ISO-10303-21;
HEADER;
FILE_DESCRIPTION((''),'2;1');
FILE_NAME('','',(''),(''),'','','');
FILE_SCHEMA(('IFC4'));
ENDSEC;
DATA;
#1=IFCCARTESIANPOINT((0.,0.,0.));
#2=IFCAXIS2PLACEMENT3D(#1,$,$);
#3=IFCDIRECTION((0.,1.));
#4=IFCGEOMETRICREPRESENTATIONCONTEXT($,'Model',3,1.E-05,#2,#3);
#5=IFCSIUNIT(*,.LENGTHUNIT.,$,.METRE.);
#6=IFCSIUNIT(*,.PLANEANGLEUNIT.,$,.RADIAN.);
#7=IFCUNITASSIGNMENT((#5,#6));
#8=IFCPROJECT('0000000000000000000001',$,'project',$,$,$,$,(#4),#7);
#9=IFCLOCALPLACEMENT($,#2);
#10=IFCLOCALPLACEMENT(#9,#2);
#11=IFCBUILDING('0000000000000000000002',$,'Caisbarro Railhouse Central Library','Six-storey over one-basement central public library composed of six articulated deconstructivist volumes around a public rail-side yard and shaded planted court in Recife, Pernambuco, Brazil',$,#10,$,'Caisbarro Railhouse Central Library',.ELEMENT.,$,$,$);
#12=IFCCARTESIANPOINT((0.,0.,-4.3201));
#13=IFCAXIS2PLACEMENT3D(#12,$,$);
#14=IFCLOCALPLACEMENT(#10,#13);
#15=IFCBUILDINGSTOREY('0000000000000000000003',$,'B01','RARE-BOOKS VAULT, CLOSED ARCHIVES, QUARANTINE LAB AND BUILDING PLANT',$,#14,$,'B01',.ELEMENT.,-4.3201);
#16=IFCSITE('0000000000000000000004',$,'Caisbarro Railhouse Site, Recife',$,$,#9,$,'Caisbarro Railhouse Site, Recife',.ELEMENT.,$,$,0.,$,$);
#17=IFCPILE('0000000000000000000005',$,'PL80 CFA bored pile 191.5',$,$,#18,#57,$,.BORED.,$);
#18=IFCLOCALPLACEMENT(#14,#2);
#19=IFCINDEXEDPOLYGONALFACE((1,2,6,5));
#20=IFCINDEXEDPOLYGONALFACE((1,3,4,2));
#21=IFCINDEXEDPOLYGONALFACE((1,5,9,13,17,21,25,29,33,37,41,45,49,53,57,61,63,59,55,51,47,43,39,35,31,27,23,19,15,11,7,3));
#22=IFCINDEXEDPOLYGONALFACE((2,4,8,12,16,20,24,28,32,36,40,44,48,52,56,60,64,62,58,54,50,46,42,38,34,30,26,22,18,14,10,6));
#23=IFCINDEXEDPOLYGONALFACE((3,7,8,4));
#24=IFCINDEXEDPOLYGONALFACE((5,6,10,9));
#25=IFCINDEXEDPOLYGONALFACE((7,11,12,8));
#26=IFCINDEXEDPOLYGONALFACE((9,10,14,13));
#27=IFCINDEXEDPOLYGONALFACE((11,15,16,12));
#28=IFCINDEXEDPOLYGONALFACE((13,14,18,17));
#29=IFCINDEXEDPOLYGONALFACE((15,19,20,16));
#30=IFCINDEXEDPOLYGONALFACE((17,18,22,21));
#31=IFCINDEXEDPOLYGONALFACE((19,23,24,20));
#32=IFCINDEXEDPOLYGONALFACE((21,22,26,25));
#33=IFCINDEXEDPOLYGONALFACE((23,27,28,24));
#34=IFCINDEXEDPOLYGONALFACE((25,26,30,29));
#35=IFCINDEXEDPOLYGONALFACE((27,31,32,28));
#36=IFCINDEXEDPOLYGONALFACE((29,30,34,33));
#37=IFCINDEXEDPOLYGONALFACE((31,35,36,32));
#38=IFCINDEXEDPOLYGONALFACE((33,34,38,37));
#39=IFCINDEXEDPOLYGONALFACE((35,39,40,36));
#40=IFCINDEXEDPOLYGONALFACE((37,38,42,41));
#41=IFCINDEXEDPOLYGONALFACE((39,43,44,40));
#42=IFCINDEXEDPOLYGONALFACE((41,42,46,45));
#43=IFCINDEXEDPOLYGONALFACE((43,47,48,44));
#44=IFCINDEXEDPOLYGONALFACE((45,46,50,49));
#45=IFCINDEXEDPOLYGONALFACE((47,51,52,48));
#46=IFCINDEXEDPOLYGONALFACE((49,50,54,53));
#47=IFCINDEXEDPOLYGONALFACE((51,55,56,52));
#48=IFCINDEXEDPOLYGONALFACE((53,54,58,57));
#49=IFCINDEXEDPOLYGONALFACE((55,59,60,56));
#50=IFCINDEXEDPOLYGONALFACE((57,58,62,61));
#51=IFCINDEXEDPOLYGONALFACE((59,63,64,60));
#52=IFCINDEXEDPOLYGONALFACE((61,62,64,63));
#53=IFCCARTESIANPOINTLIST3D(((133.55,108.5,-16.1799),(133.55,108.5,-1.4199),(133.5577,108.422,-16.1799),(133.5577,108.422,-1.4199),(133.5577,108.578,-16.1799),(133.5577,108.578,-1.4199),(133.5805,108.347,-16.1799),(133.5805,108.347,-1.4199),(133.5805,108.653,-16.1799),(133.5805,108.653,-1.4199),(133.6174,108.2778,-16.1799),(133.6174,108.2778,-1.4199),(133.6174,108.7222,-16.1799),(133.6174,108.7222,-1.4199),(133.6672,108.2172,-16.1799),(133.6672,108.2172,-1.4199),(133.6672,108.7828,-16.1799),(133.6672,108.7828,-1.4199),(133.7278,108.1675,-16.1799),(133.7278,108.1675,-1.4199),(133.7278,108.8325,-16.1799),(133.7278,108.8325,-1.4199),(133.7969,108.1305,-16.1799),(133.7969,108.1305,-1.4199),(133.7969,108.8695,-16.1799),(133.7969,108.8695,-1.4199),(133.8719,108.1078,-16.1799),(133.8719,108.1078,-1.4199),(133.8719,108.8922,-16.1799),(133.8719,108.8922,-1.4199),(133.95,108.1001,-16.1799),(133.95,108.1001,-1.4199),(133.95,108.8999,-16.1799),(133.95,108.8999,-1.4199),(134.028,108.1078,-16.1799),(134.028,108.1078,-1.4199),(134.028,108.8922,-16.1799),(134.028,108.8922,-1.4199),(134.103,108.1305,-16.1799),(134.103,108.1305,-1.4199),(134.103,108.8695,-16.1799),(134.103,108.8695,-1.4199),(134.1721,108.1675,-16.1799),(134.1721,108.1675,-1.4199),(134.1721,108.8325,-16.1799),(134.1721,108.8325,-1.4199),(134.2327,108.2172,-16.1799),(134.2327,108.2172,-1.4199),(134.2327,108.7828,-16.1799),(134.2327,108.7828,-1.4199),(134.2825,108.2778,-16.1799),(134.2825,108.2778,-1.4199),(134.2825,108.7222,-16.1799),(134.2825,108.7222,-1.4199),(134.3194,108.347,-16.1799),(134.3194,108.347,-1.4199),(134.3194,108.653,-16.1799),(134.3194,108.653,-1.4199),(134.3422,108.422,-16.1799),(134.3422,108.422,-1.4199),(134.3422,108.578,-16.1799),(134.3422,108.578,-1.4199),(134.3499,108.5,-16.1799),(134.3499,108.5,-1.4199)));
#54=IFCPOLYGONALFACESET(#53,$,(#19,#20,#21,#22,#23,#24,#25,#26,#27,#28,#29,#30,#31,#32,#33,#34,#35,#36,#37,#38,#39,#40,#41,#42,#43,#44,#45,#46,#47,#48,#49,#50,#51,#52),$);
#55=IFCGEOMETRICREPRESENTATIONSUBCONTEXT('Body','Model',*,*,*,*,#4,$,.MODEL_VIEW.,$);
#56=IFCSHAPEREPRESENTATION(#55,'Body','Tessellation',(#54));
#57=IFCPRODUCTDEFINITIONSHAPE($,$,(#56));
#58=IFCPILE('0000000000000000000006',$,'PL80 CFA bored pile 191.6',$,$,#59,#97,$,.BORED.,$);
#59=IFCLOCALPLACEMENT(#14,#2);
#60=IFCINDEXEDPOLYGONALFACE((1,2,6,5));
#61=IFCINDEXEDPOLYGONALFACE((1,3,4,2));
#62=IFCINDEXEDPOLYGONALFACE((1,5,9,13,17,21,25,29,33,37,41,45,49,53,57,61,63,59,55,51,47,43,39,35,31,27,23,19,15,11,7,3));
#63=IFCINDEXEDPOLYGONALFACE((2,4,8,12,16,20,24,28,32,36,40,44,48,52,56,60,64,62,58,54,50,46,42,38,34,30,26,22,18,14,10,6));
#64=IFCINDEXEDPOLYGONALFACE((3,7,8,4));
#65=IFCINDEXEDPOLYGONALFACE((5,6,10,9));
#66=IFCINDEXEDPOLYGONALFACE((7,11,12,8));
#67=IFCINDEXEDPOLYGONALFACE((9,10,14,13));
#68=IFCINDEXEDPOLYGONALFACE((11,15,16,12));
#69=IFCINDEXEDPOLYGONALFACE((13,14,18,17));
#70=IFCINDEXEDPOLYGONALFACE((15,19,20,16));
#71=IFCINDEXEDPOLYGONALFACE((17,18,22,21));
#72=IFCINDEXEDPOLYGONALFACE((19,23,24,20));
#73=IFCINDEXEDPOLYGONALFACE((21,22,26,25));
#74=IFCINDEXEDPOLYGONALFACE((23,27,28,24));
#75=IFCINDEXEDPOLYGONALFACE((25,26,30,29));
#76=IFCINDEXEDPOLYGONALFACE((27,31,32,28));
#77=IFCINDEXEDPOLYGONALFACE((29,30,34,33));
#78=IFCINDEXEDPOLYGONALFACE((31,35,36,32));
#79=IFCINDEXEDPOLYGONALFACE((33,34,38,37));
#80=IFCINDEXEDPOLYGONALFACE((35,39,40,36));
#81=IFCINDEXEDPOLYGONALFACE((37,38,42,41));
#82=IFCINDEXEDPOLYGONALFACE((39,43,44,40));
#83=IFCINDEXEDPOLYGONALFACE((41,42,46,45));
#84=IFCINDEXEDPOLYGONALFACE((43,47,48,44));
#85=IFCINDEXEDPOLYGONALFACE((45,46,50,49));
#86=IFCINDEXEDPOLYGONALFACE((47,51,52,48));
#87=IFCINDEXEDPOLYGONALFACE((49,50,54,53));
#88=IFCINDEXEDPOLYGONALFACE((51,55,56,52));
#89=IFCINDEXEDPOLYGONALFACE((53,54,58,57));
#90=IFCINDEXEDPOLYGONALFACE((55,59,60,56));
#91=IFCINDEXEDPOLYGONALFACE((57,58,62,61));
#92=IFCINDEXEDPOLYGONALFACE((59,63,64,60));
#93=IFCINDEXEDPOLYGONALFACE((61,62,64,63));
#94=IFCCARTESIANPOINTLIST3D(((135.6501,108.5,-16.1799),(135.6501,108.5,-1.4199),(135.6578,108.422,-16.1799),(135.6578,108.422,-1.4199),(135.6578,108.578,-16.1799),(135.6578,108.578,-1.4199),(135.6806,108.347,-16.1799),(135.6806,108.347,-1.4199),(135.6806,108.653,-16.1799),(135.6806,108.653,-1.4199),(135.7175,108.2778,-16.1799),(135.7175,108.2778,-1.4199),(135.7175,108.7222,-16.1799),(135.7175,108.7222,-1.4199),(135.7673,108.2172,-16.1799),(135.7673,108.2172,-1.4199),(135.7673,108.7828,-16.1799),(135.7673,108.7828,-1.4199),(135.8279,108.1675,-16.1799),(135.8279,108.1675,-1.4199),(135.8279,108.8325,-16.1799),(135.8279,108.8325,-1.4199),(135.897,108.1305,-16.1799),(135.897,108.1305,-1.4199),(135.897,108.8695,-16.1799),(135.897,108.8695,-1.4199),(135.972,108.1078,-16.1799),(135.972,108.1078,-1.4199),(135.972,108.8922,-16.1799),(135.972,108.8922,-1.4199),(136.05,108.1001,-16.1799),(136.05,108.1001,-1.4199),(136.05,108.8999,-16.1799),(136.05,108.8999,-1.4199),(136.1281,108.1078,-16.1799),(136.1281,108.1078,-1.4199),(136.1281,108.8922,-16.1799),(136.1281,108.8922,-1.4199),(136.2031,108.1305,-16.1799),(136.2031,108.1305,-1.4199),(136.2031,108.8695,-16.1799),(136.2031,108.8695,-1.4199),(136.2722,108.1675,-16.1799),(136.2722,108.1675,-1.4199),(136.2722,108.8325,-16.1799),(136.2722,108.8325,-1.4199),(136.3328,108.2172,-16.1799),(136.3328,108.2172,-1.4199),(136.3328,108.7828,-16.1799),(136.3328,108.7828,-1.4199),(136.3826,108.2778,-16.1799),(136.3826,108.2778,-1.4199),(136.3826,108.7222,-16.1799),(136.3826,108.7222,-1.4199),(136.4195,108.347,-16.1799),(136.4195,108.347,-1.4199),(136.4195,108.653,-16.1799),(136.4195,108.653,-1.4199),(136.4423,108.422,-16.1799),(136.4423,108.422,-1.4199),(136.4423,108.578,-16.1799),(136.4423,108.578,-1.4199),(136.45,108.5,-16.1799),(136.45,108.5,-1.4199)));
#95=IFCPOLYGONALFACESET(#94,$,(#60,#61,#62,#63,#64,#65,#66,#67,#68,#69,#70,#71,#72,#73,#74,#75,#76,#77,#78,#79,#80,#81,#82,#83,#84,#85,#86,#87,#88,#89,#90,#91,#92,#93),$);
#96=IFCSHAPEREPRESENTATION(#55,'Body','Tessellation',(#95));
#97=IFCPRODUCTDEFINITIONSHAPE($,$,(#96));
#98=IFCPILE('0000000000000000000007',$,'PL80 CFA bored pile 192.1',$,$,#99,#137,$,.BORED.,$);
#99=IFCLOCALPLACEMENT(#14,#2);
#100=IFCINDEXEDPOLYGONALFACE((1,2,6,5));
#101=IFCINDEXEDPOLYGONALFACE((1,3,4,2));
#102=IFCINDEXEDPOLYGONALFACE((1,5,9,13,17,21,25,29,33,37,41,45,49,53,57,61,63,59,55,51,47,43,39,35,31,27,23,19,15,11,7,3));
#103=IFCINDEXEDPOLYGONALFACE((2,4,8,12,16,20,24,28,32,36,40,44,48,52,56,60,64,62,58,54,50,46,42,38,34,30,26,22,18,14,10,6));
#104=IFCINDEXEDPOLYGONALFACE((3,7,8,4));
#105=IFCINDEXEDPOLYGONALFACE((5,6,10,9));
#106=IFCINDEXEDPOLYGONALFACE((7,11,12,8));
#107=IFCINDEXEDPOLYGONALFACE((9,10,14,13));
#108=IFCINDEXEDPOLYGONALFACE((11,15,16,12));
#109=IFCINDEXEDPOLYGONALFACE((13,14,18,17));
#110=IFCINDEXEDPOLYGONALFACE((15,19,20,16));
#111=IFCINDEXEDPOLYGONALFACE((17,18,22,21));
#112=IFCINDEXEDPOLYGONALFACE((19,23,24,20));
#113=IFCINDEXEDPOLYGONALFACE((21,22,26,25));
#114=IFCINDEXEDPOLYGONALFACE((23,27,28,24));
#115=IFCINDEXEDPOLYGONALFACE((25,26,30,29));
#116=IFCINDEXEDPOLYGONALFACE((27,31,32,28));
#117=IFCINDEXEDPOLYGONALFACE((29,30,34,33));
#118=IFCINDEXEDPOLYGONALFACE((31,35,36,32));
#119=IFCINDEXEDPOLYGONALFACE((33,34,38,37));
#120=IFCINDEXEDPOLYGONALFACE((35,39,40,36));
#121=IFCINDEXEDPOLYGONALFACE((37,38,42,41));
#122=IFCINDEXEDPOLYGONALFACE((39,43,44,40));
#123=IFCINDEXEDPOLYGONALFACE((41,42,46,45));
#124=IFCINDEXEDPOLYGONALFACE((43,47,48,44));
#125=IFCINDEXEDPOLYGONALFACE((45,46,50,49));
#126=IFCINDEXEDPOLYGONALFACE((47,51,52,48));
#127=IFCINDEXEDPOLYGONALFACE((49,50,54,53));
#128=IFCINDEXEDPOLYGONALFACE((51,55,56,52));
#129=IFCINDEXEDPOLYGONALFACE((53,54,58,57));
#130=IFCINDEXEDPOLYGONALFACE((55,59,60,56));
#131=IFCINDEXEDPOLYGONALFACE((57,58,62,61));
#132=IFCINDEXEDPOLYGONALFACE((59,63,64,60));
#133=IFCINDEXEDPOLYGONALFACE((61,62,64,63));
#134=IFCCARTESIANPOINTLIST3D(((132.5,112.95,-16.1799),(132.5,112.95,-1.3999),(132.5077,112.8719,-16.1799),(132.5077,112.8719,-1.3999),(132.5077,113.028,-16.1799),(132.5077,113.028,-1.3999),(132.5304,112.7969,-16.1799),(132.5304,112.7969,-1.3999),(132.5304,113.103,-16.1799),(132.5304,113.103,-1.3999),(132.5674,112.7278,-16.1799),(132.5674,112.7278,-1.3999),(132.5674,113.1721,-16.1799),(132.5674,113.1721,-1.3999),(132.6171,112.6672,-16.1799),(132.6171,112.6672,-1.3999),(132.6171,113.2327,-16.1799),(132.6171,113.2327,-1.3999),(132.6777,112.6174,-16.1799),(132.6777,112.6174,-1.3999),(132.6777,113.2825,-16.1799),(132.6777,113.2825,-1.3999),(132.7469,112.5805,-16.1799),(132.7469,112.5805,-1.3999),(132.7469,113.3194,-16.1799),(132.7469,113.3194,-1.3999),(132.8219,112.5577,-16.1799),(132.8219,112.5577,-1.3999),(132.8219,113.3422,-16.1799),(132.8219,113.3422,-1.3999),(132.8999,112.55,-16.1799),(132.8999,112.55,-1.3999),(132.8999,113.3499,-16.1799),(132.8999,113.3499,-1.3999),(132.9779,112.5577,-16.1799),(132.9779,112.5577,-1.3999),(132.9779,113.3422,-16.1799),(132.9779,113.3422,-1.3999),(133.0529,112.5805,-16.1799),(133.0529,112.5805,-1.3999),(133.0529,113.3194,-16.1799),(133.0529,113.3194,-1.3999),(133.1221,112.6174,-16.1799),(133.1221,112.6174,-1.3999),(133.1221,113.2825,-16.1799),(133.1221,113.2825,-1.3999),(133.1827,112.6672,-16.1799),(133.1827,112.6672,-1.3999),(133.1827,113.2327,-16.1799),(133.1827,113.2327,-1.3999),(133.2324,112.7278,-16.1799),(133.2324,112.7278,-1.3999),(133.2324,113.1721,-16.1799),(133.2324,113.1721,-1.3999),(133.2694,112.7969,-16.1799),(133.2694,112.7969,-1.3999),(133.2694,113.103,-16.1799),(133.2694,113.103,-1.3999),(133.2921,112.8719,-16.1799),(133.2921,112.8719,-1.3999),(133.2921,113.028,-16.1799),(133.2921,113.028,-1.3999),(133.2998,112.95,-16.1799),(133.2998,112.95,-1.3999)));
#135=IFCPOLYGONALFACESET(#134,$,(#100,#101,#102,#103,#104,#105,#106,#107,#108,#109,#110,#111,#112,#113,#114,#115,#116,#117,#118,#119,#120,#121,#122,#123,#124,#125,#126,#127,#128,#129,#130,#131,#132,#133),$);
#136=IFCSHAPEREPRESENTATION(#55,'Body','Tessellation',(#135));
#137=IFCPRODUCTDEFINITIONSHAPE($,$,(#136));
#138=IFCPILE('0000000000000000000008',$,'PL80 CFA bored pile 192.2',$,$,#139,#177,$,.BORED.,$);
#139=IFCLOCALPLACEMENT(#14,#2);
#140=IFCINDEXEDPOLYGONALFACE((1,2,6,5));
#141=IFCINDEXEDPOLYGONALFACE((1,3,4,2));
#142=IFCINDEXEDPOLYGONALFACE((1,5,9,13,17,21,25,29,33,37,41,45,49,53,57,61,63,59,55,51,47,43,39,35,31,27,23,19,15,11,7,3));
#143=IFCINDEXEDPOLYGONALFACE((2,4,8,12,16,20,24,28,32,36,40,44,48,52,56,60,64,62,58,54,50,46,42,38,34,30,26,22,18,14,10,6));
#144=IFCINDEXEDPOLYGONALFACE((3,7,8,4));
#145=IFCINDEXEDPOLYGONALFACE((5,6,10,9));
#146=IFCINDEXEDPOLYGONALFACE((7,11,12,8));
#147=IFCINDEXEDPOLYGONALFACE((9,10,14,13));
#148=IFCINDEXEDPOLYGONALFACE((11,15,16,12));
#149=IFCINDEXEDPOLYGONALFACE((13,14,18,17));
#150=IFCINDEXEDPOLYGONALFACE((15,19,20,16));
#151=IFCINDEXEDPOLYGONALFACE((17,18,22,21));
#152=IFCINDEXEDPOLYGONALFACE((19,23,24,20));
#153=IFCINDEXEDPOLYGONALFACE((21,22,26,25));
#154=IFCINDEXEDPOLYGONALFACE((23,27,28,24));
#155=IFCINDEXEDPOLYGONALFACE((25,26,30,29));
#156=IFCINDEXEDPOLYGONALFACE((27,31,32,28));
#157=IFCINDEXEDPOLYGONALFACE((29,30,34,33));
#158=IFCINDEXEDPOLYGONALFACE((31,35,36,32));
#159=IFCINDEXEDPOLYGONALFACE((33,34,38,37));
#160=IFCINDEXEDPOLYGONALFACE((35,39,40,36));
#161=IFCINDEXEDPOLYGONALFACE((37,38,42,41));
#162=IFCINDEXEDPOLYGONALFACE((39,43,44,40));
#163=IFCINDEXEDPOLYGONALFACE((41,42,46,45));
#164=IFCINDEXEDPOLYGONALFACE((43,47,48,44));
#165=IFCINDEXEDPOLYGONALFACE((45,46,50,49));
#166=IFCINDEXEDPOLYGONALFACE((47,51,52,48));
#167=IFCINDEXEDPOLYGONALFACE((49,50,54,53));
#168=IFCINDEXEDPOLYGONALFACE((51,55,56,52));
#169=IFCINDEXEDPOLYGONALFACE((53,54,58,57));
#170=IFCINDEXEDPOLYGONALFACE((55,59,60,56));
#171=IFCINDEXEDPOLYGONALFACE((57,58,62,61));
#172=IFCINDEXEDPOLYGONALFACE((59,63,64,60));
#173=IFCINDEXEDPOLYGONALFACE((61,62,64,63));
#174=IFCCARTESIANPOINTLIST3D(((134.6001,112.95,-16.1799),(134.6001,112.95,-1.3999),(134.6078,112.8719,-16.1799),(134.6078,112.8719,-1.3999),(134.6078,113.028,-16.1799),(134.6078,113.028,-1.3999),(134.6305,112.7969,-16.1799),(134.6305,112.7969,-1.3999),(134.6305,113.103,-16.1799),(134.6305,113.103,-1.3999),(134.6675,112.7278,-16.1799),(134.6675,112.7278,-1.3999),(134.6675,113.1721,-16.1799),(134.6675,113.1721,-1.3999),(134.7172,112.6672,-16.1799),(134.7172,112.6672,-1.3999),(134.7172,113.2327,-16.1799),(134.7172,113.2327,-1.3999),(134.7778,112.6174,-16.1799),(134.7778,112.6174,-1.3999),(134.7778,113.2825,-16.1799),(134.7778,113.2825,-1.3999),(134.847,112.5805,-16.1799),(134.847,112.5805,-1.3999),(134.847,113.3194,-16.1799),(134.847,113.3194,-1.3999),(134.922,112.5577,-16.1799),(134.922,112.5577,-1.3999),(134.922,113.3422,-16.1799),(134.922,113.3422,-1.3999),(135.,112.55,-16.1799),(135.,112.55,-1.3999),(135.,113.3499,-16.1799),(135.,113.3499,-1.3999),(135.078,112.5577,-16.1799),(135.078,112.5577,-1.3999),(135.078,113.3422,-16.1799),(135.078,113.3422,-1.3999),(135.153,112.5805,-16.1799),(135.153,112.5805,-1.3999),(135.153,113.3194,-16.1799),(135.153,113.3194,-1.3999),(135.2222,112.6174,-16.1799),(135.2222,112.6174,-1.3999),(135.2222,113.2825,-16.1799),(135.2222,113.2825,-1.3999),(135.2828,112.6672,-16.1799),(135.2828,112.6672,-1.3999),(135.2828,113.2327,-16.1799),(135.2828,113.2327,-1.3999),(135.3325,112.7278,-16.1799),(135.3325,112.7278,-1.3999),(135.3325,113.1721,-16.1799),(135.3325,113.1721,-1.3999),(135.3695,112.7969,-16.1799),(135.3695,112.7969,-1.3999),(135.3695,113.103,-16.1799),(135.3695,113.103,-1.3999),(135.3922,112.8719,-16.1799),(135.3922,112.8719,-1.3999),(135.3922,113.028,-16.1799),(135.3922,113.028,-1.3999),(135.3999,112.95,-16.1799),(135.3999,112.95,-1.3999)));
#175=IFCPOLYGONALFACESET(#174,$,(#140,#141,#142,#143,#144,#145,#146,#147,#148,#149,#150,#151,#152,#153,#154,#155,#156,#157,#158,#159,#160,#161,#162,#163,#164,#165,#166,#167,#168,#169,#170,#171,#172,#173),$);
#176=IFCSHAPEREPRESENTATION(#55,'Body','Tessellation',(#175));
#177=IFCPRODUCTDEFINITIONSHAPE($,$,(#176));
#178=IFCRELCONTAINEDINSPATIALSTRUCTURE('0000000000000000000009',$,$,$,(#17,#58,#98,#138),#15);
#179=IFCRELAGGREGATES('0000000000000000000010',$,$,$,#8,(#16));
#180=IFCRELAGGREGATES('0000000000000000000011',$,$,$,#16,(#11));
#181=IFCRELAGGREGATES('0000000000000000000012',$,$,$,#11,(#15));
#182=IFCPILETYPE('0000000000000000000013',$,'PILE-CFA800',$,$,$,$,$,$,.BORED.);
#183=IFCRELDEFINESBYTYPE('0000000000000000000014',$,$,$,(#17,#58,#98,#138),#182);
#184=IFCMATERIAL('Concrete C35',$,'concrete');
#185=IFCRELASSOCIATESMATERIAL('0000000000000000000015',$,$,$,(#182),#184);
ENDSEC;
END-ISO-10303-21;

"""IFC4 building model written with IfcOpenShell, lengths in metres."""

from ifc_helpers import new_model, si_unit, direction, frame, origin, origin_2d, place, context, subcontext, project, spatial, circle, extrude, material, material_profile, profile_set, type_object, element, save


model = new_model("IFC4")

# Units and contexts
model_context = context("Model", 3, precision=1e-05, world=origin(), true_north=direction((0.0, 1.0)))
body_context = subcontext(model_context, "Body", "Model", "MODEL_VIEW")
ifc_project = project(units=[si_unit("LENGTHUNIT", "METRE"), si_unit("PLANEANGLEUNIT", "RADIAN")], contexts=[model_context])

# Site, building, storey
site_placement = place(None, origin())
site = spatial("IfcSite", under=ifc_project, at=site_placement, Name="Caisbarro Railhouse Site, Recife", LongName="Caisbarro Railhouse Site, Recife", CompositionType="ELEMENT", RefElevation=0.0)
building_placement = place(site_placement, origin())
building = spatial("IfcBuilding", under=site, at=building_placement, Name="Caisbarro Railhouse Central Library", Description="Six-storey over one-basement central public library composed of six articulated deconstructivist volumes around a public rail-side yard and shaded planted court in Recife, Pernambuco, Brazil", LongName="Caisbarro Railhouse Central Library", CompositionType="ELEMENT")
storey_placement = place(building_placement, frame((0.0, 0.0, -4.3201)))
storey = spatial("IfcBuildingStorey", under=building, at=storey_placement, Name="B01", Description="RARE-BOOKS VAULT, CLOSED ARCHIVES, QUARANTINE LAB AND BUILDING PLANT", LongName="B01", CompositionType="ELEMENT", Elevation=-4.3201)

# Shared definitions
ifc_material_1 = material(Name="Concrete C35", Category="concrete")

# Piles
ifc_material_profile_1 = material_profile(ifc_material_1, circle(Radius=0.3999, at=origin_2d()), Name="PILE-CFA-800")
ifc_profile_set_1 = profile_set([ifc_material_profile_1], Name="Concrete C35")
pile_type = type_object("IfcPileType", Name="PILE-CFA800", PredefinedType="BORED", material=ifc_profile_set_1)
for number, where, z_axis, x_axis, name in (
    (1, (133.95, 108.5, -1.4199), (0.0, 0.0, -1.0), (1.0, 0.0, 0.0), "PL80 CFA bored pile 191.5"),
    (2, (136.05, 108.5, -1.4199), (0.0, 0.0, -1.0), (1.0, 0.0, 0.0), "PL80 CFA bored pile 191.6"),
):
    element("IfcPile", number, at=place(storey_placement, frame(where, z_axis=z_axis, x_axis=x_axis)), inside=storey, type_object=pile_type, Name=name, PredefinedType="BORED", context=body_context, shape_type="SweptSolid", body=[
        extrude(circle(Radius=0.3999, at=origin_2d()), origin(), (0.0, 0.0, 1.0), 14.76),
    ])
for number, where, z_axis, x_axis, name in (
    (3, (132.8999, 112.95, -1.3999), (0.0, 0.0, -1.0), (1.0, 0.0, 0.0), "PL80 CFA bored pile 192.1"),
    (4, (135.0, 112.95, -1.3999), (0.0, 0.0, -1.0), (1.0, 0.0, 0.0), "PL80 CFA bored pile 192.2"),
):
    element("IfcPile", number, at=place(storey_placement, frame(where, z_axis=z_axis, x_axis=x_axis)), inside=storey, type_object=pile_type, Name=name, PredefinedType="BORED", context=body_context, shape_type="SweptSolid", body=[
        extrude(circle(Radius=0.3999, at=origin_2d()), origin(), (0.0, 0.0, 1.0), 14.78),
    ])

save(model, "model.ifc")
